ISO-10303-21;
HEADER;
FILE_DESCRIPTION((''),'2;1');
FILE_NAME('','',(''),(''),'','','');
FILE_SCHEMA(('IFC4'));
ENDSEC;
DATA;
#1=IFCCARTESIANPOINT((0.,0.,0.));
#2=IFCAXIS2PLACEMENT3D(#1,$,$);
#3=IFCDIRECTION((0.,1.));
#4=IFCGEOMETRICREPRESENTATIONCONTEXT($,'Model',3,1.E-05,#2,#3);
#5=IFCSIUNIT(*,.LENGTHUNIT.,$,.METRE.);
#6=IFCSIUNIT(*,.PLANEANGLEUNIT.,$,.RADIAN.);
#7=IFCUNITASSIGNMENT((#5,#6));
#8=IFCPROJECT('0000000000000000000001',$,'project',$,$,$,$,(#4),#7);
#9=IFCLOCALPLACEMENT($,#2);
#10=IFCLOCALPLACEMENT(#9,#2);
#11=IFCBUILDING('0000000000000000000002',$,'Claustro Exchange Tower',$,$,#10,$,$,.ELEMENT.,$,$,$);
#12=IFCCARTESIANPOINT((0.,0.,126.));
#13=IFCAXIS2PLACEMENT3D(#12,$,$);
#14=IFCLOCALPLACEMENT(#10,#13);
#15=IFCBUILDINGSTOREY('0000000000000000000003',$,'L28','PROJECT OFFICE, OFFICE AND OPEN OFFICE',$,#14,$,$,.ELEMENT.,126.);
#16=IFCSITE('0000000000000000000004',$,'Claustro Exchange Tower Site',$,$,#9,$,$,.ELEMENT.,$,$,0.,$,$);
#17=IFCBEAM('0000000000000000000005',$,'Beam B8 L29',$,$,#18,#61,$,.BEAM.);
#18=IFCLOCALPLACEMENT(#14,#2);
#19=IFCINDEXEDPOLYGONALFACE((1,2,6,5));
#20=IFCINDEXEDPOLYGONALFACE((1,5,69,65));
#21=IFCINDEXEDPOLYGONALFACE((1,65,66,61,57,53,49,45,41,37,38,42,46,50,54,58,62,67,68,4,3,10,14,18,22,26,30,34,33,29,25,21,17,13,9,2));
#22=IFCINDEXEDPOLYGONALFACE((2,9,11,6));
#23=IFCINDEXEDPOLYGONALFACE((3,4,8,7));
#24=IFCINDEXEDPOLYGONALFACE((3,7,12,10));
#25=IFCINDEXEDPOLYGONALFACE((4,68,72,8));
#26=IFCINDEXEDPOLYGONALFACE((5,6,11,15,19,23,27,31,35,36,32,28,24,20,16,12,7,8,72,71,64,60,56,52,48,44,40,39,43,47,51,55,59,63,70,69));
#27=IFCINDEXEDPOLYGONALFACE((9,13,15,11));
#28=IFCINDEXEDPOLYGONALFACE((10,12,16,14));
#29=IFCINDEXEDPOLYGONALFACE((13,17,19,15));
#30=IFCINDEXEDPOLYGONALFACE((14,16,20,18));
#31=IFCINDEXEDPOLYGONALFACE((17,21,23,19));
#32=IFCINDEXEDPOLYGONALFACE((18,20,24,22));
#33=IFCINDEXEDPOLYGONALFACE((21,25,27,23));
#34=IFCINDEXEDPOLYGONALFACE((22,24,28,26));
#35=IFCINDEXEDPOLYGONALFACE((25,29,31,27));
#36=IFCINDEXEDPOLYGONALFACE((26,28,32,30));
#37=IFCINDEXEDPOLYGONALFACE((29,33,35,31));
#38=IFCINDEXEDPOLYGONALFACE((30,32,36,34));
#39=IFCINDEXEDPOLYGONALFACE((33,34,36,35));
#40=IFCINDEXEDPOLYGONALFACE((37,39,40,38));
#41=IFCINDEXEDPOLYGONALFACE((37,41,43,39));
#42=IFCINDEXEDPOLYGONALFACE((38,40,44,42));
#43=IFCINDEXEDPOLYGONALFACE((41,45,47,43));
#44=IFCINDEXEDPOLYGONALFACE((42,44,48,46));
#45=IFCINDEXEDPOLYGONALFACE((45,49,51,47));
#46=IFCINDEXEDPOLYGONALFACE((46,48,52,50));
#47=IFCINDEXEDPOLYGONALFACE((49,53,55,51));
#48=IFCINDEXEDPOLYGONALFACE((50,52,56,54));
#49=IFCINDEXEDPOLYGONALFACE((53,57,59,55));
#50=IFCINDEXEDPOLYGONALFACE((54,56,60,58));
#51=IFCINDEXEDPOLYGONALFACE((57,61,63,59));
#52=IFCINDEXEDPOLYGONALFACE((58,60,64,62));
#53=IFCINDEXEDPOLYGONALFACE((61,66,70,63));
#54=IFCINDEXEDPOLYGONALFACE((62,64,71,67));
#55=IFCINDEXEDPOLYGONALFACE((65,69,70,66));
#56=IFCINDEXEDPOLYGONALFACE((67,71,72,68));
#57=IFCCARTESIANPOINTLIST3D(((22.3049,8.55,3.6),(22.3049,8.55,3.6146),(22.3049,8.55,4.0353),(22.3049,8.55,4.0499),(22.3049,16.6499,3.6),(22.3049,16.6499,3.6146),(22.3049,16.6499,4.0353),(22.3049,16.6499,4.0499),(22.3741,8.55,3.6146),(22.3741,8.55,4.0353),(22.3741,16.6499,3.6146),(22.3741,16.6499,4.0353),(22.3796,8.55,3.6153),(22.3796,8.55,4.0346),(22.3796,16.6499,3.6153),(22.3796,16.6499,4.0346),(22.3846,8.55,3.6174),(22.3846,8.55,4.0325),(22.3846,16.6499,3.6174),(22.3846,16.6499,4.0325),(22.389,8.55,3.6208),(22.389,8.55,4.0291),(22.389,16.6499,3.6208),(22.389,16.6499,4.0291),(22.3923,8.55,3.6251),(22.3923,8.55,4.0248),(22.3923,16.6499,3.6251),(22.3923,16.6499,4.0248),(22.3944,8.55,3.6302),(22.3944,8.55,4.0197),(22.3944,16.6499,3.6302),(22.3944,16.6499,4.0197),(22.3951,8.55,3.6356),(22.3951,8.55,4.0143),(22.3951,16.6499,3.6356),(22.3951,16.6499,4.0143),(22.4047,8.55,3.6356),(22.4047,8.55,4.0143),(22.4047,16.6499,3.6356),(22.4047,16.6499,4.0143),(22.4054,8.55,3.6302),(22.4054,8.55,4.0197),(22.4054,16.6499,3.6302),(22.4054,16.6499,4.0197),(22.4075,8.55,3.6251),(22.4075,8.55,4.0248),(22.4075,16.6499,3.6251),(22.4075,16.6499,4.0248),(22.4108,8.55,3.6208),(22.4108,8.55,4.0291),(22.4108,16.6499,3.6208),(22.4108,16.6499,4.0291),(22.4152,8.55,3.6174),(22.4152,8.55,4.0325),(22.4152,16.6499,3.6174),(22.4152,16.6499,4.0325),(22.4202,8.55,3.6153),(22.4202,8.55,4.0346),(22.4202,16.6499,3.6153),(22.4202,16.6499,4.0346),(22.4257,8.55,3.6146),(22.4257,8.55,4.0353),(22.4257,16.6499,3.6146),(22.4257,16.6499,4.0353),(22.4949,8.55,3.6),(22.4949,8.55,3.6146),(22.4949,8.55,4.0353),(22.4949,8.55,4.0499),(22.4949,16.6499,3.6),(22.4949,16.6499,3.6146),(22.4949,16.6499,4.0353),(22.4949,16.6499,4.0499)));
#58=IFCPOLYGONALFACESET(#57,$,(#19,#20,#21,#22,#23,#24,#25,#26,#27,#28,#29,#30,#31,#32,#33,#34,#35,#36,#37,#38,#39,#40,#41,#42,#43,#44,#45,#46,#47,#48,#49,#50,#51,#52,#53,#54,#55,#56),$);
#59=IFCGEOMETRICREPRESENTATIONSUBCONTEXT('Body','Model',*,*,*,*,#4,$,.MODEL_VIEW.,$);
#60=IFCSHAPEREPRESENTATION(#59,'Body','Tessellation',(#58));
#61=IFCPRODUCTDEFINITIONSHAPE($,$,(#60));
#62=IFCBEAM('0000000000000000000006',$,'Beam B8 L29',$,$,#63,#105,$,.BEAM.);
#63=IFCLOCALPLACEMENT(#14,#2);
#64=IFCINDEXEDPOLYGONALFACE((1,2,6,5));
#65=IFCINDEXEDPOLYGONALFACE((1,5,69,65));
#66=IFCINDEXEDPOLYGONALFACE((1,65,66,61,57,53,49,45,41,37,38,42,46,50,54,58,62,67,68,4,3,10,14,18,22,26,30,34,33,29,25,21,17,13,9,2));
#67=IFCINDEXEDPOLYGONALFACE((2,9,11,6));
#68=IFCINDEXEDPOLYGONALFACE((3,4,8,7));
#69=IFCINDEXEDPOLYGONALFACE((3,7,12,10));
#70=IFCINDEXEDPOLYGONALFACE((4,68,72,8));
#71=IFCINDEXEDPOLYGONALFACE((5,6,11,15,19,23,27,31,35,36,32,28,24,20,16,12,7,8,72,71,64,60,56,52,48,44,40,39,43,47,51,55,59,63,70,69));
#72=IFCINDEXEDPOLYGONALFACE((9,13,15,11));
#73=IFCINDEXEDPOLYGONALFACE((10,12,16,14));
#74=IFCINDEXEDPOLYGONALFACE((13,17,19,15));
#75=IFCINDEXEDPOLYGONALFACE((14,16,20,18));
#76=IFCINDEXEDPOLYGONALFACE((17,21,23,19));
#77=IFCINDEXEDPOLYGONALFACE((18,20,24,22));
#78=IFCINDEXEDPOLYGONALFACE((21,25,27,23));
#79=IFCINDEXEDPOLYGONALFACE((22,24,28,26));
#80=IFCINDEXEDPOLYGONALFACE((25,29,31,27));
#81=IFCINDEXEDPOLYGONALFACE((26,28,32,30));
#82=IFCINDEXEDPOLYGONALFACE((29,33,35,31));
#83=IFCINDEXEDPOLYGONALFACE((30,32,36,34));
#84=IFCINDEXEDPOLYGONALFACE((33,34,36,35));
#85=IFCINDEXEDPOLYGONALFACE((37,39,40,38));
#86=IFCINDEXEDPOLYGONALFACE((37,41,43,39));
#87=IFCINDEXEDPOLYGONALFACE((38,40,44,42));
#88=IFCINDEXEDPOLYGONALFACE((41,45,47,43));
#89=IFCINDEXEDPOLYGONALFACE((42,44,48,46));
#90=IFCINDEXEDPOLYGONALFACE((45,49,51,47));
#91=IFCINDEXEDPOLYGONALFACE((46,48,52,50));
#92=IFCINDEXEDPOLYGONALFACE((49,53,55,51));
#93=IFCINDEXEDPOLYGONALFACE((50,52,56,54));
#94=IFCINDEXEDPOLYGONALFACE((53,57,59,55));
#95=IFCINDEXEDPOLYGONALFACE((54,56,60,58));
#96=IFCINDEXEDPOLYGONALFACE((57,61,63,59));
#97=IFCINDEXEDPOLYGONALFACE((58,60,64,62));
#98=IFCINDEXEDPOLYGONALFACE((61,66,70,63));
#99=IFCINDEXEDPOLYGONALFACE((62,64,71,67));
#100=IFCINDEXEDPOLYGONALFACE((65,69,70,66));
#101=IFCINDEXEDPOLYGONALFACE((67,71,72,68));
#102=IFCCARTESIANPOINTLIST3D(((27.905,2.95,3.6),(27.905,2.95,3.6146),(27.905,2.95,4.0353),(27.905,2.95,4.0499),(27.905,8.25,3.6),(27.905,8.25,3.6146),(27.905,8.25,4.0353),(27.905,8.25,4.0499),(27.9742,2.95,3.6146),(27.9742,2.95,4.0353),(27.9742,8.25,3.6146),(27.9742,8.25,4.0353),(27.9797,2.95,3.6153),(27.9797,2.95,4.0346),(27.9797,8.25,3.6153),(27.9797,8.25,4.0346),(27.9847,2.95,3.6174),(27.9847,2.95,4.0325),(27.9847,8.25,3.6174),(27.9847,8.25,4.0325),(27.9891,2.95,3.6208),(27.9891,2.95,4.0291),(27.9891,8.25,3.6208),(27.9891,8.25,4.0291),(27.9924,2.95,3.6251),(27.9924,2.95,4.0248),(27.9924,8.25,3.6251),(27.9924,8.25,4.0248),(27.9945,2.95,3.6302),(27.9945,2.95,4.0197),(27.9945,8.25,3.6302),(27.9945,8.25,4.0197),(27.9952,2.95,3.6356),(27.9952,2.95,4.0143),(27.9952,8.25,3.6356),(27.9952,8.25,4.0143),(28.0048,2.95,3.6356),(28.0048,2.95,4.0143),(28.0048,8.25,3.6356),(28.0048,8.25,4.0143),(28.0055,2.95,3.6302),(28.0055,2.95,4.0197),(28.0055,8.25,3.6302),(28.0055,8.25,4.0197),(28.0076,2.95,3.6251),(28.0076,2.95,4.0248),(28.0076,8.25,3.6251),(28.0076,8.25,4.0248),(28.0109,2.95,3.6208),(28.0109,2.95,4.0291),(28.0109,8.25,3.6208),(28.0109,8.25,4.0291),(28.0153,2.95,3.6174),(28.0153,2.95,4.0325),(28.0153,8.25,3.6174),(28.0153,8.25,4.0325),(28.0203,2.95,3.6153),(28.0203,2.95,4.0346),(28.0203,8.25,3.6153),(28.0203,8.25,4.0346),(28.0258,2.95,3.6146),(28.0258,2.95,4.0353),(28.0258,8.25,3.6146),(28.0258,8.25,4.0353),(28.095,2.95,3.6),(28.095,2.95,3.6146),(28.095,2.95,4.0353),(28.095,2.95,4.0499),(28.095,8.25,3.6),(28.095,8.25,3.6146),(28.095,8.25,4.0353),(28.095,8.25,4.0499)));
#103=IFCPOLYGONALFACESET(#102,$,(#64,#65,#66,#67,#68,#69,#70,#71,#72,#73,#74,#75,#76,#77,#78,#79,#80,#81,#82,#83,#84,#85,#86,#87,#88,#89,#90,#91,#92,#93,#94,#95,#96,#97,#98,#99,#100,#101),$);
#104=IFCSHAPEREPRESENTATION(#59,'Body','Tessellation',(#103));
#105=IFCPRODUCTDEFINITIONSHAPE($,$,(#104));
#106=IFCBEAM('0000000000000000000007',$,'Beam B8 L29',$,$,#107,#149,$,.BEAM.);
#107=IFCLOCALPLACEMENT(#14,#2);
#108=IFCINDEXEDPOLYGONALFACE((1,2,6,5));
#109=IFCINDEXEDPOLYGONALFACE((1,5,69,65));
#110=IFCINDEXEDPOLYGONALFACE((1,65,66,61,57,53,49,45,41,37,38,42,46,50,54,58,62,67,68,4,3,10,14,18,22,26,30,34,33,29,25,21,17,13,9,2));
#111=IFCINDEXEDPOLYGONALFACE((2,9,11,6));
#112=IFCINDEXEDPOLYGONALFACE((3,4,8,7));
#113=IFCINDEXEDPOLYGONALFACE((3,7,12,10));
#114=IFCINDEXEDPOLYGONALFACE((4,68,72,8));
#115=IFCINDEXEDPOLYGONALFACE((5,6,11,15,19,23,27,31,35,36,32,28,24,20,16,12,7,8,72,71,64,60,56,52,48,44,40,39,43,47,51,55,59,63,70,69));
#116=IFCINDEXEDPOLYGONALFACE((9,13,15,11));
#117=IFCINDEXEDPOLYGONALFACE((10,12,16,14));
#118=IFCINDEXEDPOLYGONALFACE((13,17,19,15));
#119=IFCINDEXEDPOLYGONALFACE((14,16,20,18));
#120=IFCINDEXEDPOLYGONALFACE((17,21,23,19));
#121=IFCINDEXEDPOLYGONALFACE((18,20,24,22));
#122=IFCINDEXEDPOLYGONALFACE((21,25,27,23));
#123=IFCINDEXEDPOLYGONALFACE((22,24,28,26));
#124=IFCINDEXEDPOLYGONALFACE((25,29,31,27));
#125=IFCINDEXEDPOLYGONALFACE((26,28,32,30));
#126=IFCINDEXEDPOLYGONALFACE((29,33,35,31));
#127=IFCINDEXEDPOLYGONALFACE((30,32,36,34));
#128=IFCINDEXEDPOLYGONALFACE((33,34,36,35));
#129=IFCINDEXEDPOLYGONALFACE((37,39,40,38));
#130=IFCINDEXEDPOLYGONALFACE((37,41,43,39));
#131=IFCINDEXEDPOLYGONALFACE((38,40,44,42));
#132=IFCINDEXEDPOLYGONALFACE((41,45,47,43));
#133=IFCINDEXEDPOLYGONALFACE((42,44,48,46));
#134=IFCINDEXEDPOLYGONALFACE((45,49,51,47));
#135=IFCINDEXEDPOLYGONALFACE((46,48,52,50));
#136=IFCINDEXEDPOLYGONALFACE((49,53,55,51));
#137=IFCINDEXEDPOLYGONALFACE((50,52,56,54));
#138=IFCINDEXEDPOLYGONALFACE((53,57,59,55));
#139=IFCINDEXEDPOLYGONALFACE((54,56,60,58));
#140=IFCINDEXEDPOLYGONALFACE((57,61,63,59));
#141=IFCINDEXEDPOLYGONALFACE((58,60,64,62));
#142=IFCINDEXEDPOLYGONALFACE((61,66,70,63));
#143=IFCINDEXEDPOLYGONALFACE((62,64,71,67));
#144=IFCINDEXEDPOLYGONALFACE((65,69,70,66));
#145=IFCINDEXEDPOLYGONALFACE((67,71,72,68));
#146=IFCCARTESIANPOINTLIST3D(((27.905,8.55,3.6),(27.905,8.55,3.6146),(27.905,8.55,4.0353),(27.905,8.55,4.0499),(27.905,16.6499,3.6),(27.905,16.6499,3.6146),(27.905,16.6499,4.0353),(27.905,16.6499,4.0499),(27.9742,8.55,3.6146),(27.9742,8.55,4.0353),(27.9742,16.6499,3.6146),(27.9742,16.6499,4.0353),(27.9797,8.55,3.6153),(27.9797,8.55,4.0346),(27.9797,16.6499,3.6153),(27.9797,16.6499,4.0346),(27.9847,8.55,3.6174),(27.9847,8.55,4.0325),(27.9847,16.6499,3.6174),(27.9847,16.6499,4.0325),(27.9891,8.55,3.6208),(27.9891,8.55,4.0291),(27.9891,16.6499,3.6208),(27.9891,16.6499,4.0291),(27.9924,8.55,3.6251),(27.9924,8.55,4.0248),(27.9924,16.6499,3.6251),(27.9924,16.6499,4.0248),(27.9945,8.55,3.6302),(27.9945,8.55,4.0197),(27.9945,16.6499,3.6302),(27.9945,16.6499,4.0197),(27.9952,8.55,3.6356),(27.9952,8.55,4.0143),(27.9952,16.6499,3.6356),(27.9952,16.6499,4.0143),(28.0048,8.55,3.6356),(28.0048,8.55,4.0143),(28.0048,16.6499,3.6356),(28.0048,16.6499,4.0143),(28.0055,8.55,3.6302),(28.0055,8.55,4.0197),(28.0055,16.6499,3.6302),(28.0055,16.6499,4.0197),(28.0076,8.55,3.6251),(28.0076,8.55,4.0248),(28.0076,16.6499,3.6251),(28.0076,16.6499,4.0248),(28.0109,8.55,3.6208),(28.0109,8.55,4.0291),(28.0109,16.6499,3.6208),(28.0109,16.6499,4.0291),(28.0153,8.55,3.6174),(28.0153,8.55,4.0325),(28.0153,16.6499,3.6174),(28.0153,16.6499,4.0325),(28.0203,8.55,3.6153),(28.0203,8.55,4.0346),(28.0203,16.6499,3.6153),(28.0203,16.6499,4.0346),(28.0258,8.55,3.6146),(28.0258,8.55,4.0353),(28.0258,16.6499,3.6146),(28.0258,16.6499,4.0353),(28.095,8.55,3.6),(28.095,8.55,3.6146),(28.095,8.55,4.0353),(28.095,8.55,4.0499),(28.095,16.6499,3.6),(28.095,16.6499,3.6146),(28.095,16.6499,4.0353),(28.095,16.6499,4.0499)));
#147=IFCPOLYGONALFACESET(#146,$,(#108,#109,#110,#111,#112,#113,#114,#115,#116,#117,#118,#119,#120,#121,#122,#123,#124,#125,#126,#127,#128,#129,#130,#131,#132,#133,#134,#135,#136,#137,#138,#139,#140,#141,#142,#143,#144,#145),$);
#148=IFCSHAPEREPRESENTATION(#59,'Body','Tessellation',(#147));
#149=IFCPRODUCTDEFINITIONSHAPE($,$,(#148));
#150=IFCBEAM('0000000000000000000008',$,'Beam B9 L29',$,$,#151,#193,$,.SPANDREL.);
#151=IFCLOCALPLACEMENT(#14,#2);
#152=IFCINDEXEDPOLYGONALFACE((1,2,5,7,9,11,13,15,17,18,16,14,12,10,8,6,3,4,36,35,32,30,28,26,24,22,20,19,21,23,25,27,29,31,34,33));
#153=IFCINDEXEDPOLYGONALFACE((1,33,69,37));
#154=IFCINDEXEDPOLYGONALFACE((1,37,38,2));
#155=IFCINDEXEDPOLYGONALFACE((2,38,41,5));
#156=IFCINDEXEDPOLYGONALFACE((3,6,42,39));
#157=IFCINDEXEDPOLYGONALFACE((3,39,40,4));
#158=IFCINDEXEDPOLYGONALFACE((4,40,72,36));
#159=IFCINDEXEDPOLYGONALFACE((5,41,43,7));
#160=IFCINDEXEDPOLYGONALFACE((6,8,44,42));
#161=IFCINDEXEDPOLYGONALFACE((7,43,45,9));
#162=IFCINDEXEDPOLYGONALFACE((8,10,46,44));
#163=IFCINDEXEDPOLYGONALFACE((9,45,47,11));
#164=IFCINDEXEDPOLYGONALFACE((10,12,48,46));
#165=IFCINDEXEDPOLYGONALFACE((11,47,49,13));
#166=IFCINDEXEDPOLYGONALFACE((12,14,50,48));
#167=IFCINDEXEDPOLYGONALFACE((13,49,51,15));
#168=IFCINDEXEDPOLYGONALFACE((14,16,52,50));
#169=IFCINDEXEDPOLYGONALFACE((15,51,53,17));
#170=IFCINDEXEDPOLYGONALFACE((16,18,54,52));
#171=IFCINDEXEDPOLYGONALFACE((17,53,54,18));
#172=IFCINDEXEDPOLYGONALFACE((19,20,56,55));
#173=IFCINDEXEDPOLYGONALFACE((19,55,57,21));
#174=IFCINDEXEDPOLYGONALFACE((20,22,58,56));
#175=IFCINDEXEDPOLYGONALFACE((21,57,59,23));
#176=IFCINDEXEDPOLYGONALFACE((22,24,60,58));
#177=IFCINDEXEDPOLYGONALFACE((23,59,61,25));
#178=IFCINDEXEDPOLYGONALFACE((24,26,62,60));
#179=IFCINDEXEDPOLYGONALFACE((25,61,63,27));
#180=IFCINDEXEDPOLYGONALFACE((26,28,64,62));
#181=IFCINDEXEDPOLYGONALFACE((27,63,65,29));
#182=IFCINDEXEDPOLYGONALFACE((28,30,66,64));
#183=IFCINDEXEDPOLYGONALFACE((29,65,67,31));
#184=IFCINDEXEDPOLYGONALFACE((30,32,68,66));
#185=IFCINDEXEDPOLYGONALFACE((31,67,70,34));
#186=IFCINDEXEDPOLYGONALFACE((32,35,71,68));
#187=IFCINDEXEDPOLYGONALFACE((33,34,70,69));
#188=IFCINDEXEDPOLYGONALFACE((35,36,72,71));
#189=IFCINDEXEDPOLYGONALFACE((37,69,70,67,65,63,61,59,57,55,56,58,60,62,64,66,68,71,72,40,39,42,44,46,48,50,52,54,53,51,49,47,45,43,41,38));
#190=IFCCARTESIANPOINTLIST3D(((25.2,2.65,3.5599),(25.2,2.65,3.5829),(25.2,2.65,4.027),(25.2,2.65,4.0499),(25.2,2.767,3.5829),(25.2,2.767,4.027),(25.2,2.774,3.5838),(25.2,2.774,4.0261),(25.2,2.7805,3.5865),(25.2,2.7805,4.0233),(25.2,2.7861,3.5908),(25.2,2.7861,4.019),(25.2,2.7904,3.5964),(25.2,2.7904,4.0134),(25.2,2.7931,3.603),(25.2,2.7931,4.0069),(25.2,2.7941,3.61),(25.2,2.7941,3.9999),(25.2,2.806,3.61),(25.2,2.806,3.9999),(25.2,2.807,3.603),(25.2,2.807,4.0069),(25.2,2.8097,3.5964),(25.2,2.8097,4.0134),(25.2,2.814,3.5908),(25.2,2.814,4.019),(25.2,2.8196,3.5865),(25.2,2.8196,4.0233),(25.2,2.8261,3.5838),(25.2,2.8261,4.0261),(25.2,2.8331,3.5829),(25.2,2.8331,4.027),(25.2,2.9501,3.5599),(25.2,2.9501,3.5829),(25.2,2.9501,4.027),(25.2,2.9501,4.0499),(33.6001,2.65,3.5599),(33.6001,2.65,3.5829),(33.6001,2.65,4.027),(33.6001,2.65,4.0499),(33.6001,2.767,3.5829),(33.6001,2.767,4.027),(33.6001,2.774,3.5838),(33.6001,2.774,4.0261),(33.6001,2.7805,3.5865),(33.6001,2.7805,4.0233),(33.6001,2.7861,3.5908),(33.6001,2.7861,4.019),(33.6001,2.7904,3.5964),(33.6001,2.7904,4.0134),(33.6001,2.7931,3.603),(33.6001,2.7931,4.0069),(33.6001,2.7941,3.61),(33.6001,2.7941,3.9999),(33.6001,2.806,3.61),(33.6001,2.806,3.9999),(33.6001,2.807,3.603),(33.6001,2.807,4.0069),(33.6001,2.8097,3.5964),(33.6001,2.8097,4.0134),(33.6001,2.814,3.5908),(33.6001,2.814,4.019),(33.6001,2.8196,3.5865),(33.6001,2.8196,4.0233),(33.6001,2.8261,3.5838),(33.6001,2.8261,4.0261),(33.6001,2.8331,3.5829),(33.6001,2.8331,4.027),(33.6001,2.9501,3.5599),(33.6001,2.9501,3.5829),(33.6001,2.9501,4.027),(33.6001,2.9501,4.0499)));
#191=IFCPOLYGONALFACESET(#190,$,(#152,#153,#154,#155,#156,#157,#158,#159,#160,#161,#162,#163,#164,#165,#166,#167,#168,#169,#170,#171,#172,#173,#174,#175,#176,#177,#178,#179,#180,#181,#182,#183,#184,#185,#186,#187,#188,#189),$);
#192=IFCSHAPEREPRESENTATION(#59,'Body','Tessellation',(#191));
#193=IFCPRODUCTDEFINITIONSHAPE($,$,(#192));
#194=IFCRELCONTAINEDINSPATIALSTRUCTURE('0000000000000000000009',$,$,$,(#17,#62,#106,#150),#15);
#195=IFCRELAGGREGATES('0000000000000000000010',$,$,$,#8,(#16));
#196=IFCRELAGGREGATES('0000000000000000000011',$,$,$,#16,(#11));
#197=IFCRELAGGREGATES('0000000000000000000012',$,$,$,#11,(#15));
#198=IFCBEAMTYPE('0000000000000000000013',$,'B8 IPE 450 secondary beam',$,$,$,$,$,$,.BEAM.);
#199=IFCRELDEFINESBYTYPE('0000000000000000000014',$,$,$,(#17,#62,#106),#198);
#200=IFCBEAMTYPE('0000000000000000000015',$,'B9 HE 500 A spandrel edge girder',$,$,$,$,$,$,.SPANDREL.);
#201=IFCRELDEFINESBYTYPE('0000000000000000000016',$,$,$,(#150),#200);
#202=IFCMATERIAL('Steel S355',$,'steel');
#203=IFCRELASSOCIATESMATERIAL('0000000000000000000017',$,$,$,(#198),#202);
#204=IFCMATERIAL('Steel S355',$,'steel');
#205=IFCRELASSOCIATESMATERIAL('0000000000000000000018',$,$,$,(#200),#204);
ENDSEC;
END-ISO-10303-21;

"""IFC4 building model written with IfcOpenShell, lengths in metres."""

from ifc_helpers import new_model, si_unit, direction, frame, origin, origin_2d, place, context, subcontext, project, spatial, i_section, extrude, material, material_profile, profile_set, type_object, element, save


model = new_model("IFC4")

# Units and contexts
model_context = context("Model", 3, precision=1e-05, world=origin(), true_north=direction((0.0, 1.0)))
body_context = subcontext(model_context, "Body", "Model", "MODEL_VIEW")
ifc_project = project(units=[si_unit("LENGTHUNIT", "METRE"), si_unit("PLANEANGLEUNIT", "RADIAN")], contexts=[model_context])

# Site, building, storey
site_placement = place(None, origin())
site = spatial("IfcSite", under=ifc_project, at=site_placement, Name="Claustro Exchange Tower Site", CompositionType="ELEMENT", RefElevation=0.0)
building_placement = place(site_placement, origin())
building = spatial("IfcBuilding", under=site, at=building_placement, Name="Claustro Exchange Tower", CompositionType="ELEMENT")
storey_placement = place(building_placement, frame((0.0, 0.0, 126.0)))
storey = spatial("IfcBuildingStorey", under=building, at=storey_placement, Name="L28", Description="PROJECT OFFICE, OFFICE AND OPEN OFFICE", CompositionType="ELEMENT", Elevation=126.0)

# Beams
ifc_material_1 = material(Name="Steel S355", Category="steel")
ifc_material_profile_1 = material_profile(ifc_material_1, i_section(OverallWidth=0.1899, OverallDepth=0.45, WebThickness=0.0095, FlangeThickness=0.0146, FilletRadius=0.021, at=origin_2d()), Name="IPE 450")
ifc_profile_set_1 = profile_set([ifc_material_profile_1], Name="Steel S355")
beam_type_1 = type_object("IfcBeamType", Name="B8 IPE 450 secondary beam", PredefinedType="BEAM", material=ifc_profile_set_1)
for number, where, z_axis, x_axis, name in (
    (1, (22.3999, 8.55, 3.825), (0.0, 1.0, 0.0), (-1.0, 0.0, 0.0), "Beam B8 L29"),
):
    element("IfcBeam", number, at=place(storey_placement, frame(where, z_axis=z_axis, x_axis=x_axis)), inside=storey, type_object=beam_type_1, Name=name, PredefinedType="BEAM", context=body_context, shape_type="SweptSolid", body=[
        extrude(i_section(OverallWidth=0.1899, OverallDepth=0.45, WebThickness=0.0095, FlangeThickness=0.0146, FilletRadius=0.021, at=origin_2d()), origin(), (0.0, 0.0, 1.0), 8.0999),
    ])
beam_1_placement = place(storey_placement, frame((28.0, 2.95, 3.825), z_axis=(0.0, 1.0, 0.0), x_axis=(-1.0, 0.0, 0.0)))
element("IfcBeam", 2, at=beam_1_placement, inside=storey, type_object=beam_type_1, Name="Beam B8 L29", PredefinedType="BEAM", context=body_context, shape_type="SweptSolid", body=[
    extrude(i_section(OverallWidth=0.1899, OverallDepth=0.45, WebThickness=0.0095, FlangeThickness=0.0146, FilletRadius=0.021, at=origin_2d()), origin(), (0.0, 0.0, 1.0), 5.3),
])
beam_2_placement = place(storey_placement, frame((28.0, 8.55, 3.825), z_axis=(0.0, 1.0, 0.0), x_axis=(-1.0, 0.0, 0.0)))
element("IfcBeam", 3, at=beam_2_placement, inside=storey, type_object=beam_type_1, Name="Beam B8 L29", PredefinedType="BEAM", context=body_context, shape_type="SweptSolid", body=[
    extrude(i_section(OverallWidth=0.1899, OverallDepth=0.45, WebThickness=0.0095, FlangeThickness=0.0146, FilletRadius=0.021, at=origin_2d()), origin(), (0.0, 0.0, 1.0), 8.0999),
])
ifc_material_2 = material(Name="Steel S355", Category="steel")
ifc_material_profile_2 = material_profile(ifc_material_2, i_section(OverallWidth=0.3, OverallDepth=0.49, WebThickness=0.012, FlangeThickness=0.0229, FilletRadius=0.0271, at=origin_2d()), Name="HE 500 A")
ifc_profile_set_2 = profile_set([ifc_material_profile_2], Name="Steel S355")
beam_type_2 = type_object("IfcBeamType", Name="B9 HE 500 A spandrel edge girder", PredefinedType="SPANDREL", material=ifc_profile_set_2)
beam_3_placement = place(storey_placement, frame((25.2, 2.8, 3.8049), z_axis=(1.0, 0.0, 0.0), x_axis=(0.0, 1.0, 0.0)))
element("IfcBeam", 4, at=beam_3_placement, inside=storey, type_object=beam_type_2, Name="Beam B9 L29", PredefinedType="SPANDREL", context=body_context, shape_type="SweptSolid", body=[
    extrude(i_section(OverallWidth=0.3, OverallDepth=0.49, WebThickness=0.012, FlangeThickness=0.0229, FilletRadius=0.0271, at=origin_2d()), origin(), (0.0, 0.0, 1.0), 8.4001),
])

save(model, "model.ifc")
